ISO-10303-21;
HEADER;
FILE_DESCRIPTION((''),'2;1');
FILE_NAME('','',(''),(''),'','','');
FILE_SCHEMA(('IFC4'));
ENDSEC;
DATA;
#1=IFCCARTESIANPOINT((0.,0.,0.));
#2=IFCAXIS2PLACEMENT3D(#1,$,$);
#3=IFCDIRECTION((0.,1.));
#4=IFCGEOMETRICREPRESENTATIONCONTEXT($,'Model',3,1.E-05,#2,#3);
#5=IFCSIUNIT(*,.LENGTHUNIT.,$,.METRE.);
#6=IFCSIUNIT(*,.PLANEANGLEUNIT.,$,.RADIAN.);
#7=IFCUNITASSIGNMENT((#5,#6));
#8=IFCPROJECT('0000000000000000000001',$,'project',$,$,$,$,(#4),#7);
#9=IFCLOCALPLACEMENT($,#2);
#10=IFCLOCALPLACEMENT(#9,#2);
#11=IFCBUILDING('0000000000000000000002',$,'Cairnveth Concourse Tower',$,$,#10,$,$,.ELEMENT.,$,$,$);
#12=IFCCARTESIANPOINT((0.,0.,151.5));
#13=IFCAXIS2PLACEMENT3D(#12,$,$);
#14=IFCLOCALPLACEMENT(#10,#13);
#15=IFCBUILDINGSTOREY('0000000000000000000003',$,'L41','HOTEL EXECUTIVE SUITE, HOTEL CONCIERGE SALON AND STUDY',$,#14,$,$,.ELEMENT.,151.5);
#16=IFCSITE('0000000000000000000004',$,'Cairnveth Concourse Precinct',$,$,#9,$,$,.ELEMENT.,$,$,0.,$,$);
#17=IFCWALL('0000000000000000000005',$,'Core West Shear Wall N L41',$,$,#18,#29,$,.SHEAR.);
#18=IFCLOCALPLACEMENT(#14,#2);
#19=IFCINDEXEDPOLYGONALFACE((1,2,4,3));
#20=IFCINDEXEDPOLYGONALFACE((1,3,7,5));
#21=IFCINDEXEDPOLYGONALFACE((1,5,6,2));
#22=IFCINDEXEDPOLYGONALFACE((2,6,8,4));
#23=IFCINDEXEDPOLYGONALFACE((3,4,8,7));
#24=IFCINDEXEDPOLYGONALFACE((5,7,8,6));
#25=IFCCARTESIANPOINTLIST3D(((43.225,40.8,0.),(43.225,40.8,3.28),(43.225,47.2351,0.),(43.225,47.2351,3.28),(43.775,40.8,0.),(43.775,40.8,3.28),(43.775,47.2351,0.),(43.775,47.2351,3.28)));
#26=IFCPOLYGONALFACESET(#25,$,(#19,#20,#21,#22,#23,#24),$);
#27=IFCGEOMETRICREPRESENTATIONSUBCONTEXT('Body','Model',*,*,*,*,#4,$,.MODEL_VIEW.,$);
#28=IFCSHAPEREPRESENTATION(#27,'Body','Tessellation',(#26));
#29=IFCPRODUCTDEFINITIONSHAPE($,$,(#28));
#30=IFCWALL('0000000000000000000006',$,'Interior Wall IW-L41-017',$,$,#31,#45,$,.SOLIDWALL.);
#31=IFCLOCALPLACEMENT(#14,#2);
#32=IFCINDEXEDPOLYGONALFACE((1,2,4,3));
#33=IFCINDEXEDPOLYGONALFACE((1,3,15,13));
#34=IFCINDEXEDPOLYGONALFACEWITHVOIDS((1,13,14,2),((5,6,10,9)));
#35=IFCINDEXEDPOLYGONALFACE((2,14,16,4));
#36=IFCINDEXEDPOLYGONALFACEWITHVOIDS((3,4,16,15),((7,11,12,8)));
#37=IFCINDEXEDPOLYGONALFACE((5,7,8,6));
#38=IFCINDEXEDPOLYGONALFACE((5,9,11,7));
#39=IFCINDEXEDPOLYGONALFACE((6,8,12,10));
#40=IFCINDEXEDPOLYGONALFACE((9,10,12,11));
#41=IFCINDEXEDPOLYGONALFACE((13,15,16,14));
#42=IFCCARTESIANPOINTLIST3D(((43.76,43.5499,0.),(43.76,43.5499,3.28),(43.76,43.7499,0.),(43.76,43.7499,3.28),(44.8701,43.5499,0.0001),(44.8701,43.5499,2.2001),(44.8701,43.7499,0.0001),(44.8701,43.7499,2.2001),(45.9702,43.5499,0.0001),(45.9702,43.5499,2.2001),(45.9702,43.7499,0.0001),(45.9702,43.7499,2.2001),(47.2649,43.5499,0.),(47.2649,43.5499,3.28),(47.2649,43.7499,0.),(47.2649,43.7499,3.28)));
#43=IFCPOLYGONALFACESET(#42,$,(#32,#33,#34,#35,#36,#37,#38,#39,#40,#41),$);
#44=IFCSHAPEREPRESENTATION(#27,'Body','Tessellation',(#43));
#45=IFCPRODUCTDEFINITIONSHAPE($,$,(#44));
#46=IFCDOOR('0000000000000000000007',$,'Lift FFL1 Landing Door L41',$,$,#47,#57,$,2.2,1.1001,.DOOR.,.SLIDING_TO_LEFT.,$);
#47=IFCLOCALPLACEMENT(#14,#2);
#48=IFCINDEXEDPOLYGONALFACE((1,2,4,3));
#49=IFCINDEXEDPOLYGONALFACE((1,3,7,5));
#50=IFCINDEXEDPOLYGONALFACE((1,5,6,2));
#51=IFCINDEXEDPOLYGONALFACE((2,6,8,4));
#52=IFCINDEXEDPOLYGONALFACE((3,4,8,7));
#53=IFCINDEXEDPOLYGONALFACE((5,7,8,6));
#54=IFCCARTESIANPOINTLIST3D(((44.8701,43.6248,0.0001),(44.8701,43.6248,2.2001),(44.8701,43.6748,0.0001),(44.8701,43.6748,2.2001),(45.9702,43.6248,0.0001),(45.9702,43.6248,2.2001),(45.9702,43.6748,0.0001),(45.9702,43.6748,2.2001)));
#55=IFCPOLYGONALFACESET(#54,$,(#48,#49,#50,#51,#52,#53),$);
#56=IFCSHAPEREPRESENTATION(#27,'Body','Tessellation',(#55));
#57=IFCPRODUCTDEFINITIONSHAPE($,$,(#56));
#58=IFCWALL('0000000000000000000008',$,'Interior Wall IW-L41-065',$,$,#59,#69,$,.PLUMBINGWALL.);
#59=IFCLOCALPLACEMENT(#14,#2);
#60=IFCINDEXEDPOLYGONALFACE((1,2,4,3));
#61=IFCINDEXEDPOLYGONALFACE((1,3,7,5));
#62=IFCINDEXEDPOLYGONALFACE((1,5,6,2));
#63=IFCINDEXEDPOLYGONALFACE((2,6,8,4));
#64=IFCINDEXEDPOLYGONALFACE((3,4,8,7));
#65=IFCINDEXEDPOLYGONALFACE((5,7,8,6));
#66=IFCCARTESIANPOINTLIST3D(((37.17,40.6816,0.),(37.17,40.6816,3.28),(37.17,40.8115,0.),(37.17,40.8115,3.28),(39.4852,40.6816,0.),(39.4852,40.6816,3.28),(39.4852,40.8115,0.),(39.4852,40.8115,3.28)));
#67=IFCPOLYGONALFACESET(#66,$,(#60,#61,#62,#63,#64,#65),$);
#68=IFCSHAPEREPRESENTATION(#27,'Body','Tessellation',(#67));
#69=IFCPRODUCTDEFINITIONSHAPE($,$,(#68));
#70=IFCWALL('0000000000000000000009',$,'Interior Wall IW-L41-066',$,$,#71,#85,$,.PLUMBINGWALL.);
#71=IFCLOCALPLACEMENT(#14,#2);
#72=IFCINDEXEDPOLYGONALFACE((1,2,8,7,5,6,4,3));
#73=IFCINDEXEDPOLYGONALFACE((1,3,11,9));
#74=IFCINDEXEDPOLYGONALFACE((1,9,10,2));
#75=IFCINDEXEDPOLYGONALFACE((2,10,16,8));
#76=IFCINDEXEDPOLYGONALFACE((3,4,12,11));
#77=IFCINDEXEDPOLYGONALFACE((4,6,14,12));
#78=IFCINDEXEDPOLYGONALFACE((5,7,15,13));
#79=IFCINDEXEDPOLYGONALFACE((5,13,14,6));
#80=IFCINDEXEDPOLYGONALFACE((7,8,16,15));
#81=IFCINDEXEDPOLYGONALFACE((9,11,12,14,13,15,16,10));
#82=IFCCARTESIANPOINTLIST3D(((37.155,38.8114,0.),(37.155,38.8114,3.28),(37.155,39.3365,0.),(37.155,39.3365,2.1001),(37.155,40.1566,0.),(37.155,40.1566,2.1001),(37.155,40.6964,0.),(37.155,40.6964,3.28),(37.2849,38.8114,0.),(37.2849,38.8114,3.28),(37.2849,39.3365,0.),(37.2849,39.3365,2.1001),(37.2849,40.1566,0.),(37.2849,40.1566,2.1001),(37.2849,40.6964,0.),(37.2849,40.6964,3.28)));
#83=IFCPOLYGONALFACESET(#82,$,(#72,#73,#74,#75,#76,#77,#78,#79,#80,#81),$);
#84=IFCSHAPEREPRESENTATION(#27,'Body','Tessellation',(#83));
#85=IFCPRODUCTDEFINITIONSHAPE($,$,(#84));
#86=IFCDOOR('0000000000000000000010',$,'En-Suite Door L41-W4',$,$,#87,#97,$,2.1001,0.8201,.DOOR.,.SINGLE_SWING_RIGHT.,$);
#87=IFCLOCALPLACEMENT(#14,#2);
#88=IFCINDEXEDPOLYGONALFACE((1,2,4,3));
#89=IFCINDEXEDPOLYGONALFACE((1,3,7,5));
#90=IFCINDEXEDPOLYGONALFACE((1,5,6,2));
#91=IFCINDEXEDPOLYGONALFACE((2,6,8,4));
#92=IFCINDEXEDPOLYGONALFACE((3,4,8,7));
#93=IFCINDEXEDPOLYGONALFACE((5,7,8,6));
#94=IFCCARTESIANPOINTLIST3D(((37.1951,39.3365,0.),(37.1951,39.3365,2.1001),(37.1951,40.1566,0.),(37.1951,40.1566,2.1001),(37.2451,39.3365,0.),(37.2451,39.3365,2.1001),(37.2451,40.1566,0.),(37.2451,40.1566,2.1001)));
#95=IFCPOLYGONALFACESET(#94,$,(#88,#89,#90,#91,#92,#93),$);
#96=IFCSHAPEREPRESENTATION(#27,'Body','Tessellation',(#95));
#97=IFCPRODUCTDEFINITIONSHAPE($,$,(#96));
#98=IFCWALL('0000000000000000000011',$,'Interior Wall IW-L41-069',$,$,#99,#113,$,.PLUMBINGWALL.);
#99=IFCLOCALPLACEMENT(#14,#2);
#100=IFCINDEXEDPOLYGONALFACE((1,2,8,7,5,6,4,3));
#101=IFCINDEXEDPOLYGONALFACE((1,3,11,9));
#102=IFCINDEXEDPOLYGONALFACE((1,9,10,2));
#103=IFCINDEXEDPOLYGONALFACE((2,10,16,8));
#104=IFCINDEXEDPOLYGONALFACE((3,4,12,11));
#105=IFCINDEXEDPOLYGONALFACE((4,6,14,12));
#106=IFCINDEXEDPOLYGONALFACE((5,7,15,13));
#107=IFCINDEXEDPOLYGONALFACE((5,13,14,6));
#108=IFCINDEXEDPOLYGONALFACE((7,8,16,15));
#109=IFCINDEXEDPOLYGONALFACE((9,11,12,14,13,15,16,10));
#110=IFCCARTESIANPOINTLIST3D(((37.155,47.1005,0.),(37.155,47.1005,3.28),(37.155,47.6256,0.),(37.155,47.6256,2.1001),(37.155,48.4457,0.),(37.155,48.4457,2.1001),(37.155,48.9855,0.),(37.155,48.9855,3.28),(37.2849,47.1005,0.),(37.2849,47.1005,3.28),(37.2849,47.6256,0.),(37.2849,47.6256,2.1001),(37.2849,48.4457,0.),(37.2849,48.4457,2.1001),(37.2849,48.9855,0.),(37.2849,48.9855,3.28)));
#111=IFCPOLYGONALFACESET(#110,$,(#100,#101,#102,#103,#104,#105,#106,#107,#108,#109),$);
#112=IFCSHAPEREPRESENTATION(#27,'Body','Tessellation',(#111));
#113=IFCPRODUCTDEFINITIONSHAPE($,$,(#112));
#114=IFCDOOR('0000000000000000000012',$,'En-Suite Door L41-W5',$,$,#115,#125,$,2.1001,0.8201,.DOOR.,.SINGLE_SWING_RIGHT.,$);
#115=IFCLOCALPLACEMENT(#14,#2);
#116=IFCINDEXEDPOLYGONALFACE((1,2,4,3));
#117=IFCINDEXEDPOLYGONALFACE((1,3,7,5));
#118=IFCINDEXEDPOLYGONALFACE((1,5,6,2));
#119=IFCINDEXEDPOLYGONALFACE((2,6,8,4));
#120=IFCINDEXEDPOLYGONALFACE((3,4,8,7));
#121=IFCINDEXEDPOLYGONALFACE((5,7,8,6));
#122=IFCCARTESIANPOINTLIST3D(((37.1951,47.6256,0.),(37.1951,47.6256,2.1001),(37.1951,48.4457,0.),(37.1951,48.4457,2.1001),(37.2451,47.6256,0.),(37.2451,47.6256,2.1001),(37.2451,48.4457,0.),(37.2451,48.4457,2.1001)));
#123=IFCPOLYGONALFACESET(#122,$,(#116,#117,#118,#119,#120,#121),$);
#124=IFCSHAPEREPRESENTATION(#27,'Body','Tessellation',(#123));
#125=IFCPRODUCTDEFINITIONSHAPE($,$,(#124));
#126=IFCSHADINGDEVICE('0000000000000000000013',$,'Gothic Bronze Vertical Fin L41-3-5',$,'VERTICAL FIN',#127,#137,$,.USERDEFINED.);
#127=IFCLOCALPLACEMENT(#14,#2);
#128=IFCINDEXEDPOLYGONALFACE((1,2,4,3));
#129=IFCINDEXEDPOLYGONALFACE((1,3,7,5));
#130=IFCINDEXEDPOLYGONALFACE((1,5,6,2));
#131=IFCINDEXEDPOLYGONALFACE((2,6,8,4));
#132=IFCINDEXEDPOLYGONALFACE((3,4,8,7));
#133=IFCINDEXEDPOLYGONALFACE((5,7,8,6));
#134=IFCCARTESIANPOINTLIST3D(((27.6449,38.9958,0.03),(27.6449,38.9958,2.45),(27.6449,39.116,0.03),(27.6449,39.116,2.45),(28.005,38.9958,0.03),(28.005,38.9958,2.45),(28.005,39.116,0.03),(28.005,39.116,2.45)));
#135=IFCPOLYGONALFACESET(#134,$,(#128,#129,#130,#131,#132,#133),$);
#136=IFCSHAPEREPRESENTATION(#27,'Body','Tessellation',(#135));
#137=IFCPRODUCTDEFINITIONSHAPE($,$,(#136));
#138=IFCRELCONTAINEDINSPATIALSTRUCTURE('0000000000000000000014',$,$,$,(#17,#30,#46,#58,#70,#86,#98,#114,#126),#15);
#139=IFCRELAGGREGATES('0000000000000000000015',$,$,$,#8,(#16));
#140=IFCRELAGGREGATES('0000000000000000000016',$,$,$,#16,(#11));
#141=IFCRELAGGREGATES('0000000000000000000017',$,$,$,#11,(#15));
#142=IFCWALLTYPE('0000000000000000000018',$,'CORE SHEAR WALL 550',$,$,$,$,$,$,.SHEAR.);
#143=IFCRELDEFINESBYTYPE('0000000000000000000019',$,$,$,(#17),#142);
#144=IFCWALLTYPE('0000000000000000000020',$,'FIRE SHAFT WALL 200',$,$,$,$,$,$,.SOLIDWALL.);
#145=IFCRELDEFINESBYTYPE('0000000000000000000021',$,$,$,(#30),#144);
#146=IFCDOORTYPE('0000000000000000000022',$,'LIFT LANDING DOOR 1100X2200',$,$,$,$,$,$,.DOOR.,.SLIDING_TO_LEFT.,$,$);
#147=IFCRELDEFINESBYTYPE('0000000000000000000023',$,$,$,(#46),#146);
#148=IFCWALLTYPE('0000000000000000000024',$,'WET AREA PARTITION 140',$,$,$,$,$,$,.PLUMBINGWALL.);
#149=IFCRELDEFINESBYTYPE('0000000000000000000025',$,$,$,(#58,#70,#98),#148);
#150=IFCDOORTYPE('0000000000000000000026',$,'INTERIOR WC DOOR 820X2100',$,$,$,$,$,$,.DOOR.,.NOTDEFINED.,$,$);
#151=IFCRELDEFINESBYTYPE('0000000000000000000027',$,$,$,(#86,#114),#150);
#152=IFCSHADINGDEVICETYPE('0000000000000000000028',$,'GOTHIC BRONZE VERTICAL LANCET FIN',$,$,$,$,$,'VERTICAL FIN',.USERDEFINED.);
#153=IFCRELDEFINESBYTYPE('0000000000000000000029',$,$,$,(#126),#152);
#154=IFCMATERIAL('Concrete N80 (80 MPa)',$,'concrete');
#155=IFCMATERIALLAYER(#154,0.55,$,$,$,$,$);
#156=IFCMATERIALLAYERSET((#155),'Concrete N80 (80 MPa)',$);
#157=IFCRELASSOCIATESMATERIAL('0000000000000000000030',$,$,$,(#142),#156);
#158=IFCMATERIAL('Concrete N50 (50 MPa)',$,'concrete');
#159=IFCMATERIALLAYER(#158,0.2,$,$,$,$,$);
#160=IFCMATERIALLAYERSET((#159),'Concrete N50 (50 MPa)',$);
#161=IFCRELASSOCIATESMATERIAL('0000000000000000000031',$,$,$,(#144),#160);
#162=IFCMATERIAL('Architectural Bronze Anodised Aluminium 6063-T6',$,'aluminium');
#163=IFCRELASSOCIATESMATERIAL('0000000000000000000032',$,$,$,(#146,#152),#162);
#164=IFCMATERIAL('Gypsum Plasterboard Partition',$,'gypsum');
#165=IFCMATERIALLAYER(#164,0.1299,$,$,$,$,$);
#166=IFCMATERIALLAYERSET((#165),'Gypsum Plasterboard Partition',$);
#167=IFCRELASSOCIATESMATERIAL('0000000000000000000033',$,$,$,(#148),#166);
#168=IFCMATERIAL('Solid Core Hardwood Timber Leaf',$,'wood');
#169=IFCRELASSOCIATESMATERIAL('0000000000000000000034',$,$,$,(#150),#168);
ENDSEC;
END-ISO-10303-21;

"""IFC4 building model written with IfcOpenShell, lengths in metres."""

from ifc_helpers import new_model, si_unit, direction, frame, frame_2d, origin, origin_2d, place, context, subcontext, project, spatial, rectangle, extrude, material, layer, layer_set, type_object, element, fill, save


model = new_model("IFC4")

# Units and contexts
model_context = context("Model", 3, precision=1e-05, world=origin(), true_north=direction((0.0, 1.0)))
body_context = subcontext(model_context, "Body", "Model", "MODEL_VIEW")
ifc_project = project(units=[si_unit("LENGTHUNIT", "METRE"), si_unit("PLANEANGLEUNIT", "RADIAN")], contexts=[model_context])

# Site, building, storey
site_placement = place(None, origin())
site = spatial("IfcSite", under=ifc_project, at=site_placement, Name="Cairnveth Concourse Precinct", CompositionType="ELEMENT", RefElevation=0.0)
building_placement = place(site_placement, origin())
building = spatial("IfcBuilding", under=site, at=building_placement, Name="Cairnveth Concourse Tower", CompositionType="ELEMENT")
storey_placement = place(building_placement, frame((0.0, 0.0, 151.5)))
storey = spatial("IfcBuildingStorey", under=building, at=storey_placement, Name="L41", Description="HOTEL EXECUTIVE SUITE, HOTEL CONCIERGE SALON AND STUDY", CompositionType="ELEMENT", Elevation=151.5)

# Wall
ifc_material_1 = material(Name="Gypsum Plasterboard Partition", Category="gypsum")
ifc_material_2 = material(Name="Concrete N80 (80 MPa)", Category="concrete")
ifc_layer_1 = layer(ifc_material_2, 0.55)
ifc_layer_set_1 = layer_set([ifc_layer_1], Name="Concrete N80 (80 MPa)")
wall_type_1 = type_object("IfcWallType", Name="CORE SHEAR WALL 550", PredefinedType="SHEAR", material=ifc_layer_set_1)
wall_1_placement = place(storey_placement, frame((43.5, 40.8, 0.0), z_axis=(0.0, 0.0, 1.0), x_axis=(0.0, 1.0, 0.0)))
element("IfcWall", 1, at=wall_1_placement, inside=storey, type_object=wall_type_1, Name="Core West Shear Wall N L41", PredefinedType="SHEAR", context=body_context, shape_type="SweptSolid", body=[
    extrude(rectangle(XDim=6.4351, YDim=0.55, at=frame_2d((3.2175, 0.0))), origin(), (0.0, 0.0, 1.0), 3.28),
])

# Wall, opening, door
ifc_material_3 = material(Name="Concrete N50 (50 MPa)", Category="concrete")
ifc_layer_2 = layer(ifc_material_3, 0.2)
ifc_layer_set_2 = layer_set([ifc_layer_2], Name="Concrete N50 (50 MPa)")
wall_type_2 = type_object("IfcWallType", Name="FIRE SHAFT WALL 200", PredefinedType="SOLIDWALL", material=ifc_layer_set_2)
wall_2_placement = place(storey_placement, frame((43.76, 43.6499, 0.0), z_axis=(0.0, 0.0, 1.0), x_axis=(1.0, 0.0, 0.0)))
wall_2 = element("IfcWall", 2, at=wall_2_placement, inside=storey, type_object=wall_type_2, Name="Interior Wall IW-L41-017", PredefinedType="SOLIDWALL", context=body_context, shape_type="SweptSolid", body=[
    extrude(rectangle(XDim=3.5049, YDim=0.2, at=frame_2d((1.7524, 0.0))), origin(), (0.0, 0.0, 1.0), 3.28),
])
opening_1_placement = place(wall_2_placement, frame((1.1101, 0.0, 0.0)))
opening_1 = element("IfcOpeningElement", 3, at=opening_1_placement, cuts=wall_2, PredefinedType="OPENING", context=body_context, shape_type="SweptSolid", body=[
    extrude(rectangle(XDim=1.1001, YDim=2.2, at=frame_2d((0.55, 1.1001))), frame((0.0, 0.1099, 0.0), z_axis=(0.0, -1.0, 0.0), x_axis=(1.0, 0.0, 0.0)), (0.0, 0.0, 1.0), 0.22),
])
ifc_material_4 = material(Name="Architectural Bronze Anodised Aluminium 6063-T6", Category="aluminium")
door_type_1 = type_object("IfcDoorType", Name="LIFT LANDING DOOR 1100X2200", OperationType="SLIDING_TO_LEFT", PredefinedType="DOOR", material=ifc_material_4)
door_1_placement = place(opening_1_placement, origin())
door_1 = element("IfcDoor", 4, at=door_1_placement, inside=storey, type_object=door_type_1, Name="Lift FFL1 Landing Door L41", OperationType="SLIDING_TO_LEFT", OverallHeight=2.2, OverallWidth=1.1001, PredefinedType="DOOR", context=body_context, shape_type="SweptSolid", body=[
    extrude(rectangle(XDim=1.1001, YDim=2.2, at=frame_2d((0.55, 1.1001))), frame((0.0, 0.0249, 0.0), z_axis=(0.0, -1.0, 0.0), x_axis=(1.0, 0.0, 0.0)), (0.0, 0.0, 1.0), 0.05),
])
fill(opening_1, door_1)

# Wall
ifc_layer_3 = layer(ifc_material_1, 0.1299)
ifc_layer_set_3 = layer_set([ifc_layer_3], Name="Gypsum Plasterboard Partition")
wall_type_3 = type_object("IfcWallType", Name="WET AREA PARTITION 140", PredefinedType="PLUMBINGWALL", material=ifc_layer_set_3)
wall_3_placement = place(storey_placement, frame((37.1699, 40.7466, 0.0), z_axis=(0.0, 0.0, 1.0), x_axis=(1.0, 0.0, 0.0)))
element("IfcWall", 5, at=wall_3_placement, inside=storey, type_object=wall_type_3, Name="Interior Wall IW-L41-065", PredefinedType="PLUMBINGWALL", context=body_context, shape_type="SweptSolid", body=[
    extrude(rectangle(XDim=2.3152, YDim=0.1299, at=frame_2d((1.1577, 0.0))), origin(), (0.0, 0.0, 1.0), 3.28),
])

# Walls, openings, doors
wall_4_placement = place(storey_placement, frame((37.22, 38.8115, 0.0), z_axis=(0.0, 0.0, 1.0), x_axis=(0.0, 1.0, 0.0)))
wall_4 = element("IfcWall", 6, at=wall_4_placement, inside=storey, type_object=wall_type_3, Name="Interior Wall IW-L41-066", PredefinedType="PLUMBINGWALL", context=body_context, shape_type="SweptSolid", body=[
    extrude(rectangle(XDim=1.885, YDim=0.1299, at=frame_2d((0.9424, 0.0))), origin(), (0.0, 0.0, 1.0), 3.28),
])
opening_2_placement = place(wall_4_placement, frame((0.5249, 0.0, 0.0)))
opening_2 = element("IfcOpeningElement", 7, at=opening_2_placement, cuts=wall_4, PredefinedType="OPENING", context=body_context, shape_type="SweptSolid", body=[
    extrude(rectangle(XDim=0.8201, YDim=2.1001, at=frame_2d((0.4102, 1.05))), frame((0.0, 0.075, 0.0), z_axis=(0.0, -1.0, 0.0), x_axis=(1.0, 0.0, 0.0)), (0.0, 0.0, 1.0), 0.1499),
])
ifc_material_5 = material(Name="Solid Core Hardwood Timber Leaf", Category="wood")
door_type_2 = type_object("IfcDoorType", Name="INTERIOR WC DOOR 820X2100", OperationType="NOTDEFINED", PredefinedType="DOOR", material=ifc_material_5)
door_2_placement = place(opening_2_placement, origin())
door_2 = element("IfcDoor", 8, at=door_2_placement, inside=storey, type_object=door_type_2, Name="En-Suite Door L41-W4", OperationType="SINGLE_SWING_RIGHT", OverallHeight=2.1001, OverallWidth=0.8201, PredefinedType="DOOR", context=body_context, shape_type="SweptSolid", body=[
    extrude(rectangle(XDim=0.8201, YDim=2.1001, at=frame_2d((0.4102, 1.05))), frame((0.0, 0.0249, 0.0), z_axis=(0.0, -1.0, 0.0), x_axis=(1.0, 0.0, 0.0)), (0.0, 0.0, 1.0), 0.05),
])
fill(opening_2, door_2)
wall_5_placement = place(storey_placement, frame((37.22, 47.1006, 0.0), z_axis=(0.0, 0.0, 1.0), x_axis=(0.0, 1.0, 0.0)))
wall_5 = element("IfcWall", 9, at=wall_5_placement, inside=storey, type_object=wall_type_3, Name="Interior Wall IW-L41-069", PredefinedType="PLUMBINGWALL", context=body_context, shape_type="SweptSolid", body=[
    extrude(rectangle(XDim=1.885, YDim=0.1299, at=frame_2d((0.9424, 0.0))), origin(), (0.0, 0.0, 1.0), 3.28),
])
opening_3_placement = place(wall_5_placement, frame((0.5249, 0.0, 0.0)))
opening_3 = element("IfcOpeningElement", 10, at=opening_3_placement, cuts=wall_5, PredefinedType="OPENING", context=body_context, shape_type="SweptSolid", body=[
    extrude(rectangle(XDim=0.8201, YDim=2.1001, at=frame_2d((0.4102, 1.05))), frame((0.0, 0.075, 0.0), z_axis=(0.0, -1.0, 0.0), x_axis=(1.0, 0.0, 0.0)), (0.0, 0.0, 1.0), 0.1499),
])
door_3_placement = place(opening_3_placement, origin())
door_3 = element("IfcDoor", 11, at=door_3_placement, inside=storey, type_object=door_type_2, Name="En-Suite Door L41-W5", OperationType="SINGLE_SWING_RIGHT", OverallHeight=2.1001, OverallWidth=0.8201, PredefinedType="DOOR", context=body_context, shape_type="SweptSolid", body=[
    extrude(rectangle(XDim=0.8201, YDim=2.1001, at=frame_2d((0.4102, 1.05))), frame((0.0, 0.0249, 0.0), z_axis=(0.0, -1.0, 0.0), x_axis=(1.0, 0.0, 0.0)), (0.0, 0.0, 1.0), 0.05),
])
fill(opening_3, door_3)

# Shading device
shading_device_type = type_object("IfcShadingDeviceType", Name="GOTHIC BRONZE VERTICAL LANCET FIN", ElementType="VERTICAL FIN", PredefinedType="USERDEFINED", material=ifc_material_4)
shading_device_placement = place(storey_placement, frame((27.825, 39.0559, 0.03), z_axis=(0.0, 0.0, 1.0), x_axis=(0.0, 1.0, 0.0)))
element("IfcShadingDevice", 12, at=shading_device_placement, inside=storey, type_object=shading_device_type, Name="Gothic Bronze Vertical Fin L41-3-5", ObjectType="VERTICAL FIN", PredefinedType="USERDEFINED", context=body_context, shape_type="SweptSolid", body=[
    extrude(rectangle(XDim=0.1201, YDim=0.3601, at=origin_2d()), origin(), (0.0, 0.0, 1.0), 2.4199),
])

save(model, "model.ifc")
